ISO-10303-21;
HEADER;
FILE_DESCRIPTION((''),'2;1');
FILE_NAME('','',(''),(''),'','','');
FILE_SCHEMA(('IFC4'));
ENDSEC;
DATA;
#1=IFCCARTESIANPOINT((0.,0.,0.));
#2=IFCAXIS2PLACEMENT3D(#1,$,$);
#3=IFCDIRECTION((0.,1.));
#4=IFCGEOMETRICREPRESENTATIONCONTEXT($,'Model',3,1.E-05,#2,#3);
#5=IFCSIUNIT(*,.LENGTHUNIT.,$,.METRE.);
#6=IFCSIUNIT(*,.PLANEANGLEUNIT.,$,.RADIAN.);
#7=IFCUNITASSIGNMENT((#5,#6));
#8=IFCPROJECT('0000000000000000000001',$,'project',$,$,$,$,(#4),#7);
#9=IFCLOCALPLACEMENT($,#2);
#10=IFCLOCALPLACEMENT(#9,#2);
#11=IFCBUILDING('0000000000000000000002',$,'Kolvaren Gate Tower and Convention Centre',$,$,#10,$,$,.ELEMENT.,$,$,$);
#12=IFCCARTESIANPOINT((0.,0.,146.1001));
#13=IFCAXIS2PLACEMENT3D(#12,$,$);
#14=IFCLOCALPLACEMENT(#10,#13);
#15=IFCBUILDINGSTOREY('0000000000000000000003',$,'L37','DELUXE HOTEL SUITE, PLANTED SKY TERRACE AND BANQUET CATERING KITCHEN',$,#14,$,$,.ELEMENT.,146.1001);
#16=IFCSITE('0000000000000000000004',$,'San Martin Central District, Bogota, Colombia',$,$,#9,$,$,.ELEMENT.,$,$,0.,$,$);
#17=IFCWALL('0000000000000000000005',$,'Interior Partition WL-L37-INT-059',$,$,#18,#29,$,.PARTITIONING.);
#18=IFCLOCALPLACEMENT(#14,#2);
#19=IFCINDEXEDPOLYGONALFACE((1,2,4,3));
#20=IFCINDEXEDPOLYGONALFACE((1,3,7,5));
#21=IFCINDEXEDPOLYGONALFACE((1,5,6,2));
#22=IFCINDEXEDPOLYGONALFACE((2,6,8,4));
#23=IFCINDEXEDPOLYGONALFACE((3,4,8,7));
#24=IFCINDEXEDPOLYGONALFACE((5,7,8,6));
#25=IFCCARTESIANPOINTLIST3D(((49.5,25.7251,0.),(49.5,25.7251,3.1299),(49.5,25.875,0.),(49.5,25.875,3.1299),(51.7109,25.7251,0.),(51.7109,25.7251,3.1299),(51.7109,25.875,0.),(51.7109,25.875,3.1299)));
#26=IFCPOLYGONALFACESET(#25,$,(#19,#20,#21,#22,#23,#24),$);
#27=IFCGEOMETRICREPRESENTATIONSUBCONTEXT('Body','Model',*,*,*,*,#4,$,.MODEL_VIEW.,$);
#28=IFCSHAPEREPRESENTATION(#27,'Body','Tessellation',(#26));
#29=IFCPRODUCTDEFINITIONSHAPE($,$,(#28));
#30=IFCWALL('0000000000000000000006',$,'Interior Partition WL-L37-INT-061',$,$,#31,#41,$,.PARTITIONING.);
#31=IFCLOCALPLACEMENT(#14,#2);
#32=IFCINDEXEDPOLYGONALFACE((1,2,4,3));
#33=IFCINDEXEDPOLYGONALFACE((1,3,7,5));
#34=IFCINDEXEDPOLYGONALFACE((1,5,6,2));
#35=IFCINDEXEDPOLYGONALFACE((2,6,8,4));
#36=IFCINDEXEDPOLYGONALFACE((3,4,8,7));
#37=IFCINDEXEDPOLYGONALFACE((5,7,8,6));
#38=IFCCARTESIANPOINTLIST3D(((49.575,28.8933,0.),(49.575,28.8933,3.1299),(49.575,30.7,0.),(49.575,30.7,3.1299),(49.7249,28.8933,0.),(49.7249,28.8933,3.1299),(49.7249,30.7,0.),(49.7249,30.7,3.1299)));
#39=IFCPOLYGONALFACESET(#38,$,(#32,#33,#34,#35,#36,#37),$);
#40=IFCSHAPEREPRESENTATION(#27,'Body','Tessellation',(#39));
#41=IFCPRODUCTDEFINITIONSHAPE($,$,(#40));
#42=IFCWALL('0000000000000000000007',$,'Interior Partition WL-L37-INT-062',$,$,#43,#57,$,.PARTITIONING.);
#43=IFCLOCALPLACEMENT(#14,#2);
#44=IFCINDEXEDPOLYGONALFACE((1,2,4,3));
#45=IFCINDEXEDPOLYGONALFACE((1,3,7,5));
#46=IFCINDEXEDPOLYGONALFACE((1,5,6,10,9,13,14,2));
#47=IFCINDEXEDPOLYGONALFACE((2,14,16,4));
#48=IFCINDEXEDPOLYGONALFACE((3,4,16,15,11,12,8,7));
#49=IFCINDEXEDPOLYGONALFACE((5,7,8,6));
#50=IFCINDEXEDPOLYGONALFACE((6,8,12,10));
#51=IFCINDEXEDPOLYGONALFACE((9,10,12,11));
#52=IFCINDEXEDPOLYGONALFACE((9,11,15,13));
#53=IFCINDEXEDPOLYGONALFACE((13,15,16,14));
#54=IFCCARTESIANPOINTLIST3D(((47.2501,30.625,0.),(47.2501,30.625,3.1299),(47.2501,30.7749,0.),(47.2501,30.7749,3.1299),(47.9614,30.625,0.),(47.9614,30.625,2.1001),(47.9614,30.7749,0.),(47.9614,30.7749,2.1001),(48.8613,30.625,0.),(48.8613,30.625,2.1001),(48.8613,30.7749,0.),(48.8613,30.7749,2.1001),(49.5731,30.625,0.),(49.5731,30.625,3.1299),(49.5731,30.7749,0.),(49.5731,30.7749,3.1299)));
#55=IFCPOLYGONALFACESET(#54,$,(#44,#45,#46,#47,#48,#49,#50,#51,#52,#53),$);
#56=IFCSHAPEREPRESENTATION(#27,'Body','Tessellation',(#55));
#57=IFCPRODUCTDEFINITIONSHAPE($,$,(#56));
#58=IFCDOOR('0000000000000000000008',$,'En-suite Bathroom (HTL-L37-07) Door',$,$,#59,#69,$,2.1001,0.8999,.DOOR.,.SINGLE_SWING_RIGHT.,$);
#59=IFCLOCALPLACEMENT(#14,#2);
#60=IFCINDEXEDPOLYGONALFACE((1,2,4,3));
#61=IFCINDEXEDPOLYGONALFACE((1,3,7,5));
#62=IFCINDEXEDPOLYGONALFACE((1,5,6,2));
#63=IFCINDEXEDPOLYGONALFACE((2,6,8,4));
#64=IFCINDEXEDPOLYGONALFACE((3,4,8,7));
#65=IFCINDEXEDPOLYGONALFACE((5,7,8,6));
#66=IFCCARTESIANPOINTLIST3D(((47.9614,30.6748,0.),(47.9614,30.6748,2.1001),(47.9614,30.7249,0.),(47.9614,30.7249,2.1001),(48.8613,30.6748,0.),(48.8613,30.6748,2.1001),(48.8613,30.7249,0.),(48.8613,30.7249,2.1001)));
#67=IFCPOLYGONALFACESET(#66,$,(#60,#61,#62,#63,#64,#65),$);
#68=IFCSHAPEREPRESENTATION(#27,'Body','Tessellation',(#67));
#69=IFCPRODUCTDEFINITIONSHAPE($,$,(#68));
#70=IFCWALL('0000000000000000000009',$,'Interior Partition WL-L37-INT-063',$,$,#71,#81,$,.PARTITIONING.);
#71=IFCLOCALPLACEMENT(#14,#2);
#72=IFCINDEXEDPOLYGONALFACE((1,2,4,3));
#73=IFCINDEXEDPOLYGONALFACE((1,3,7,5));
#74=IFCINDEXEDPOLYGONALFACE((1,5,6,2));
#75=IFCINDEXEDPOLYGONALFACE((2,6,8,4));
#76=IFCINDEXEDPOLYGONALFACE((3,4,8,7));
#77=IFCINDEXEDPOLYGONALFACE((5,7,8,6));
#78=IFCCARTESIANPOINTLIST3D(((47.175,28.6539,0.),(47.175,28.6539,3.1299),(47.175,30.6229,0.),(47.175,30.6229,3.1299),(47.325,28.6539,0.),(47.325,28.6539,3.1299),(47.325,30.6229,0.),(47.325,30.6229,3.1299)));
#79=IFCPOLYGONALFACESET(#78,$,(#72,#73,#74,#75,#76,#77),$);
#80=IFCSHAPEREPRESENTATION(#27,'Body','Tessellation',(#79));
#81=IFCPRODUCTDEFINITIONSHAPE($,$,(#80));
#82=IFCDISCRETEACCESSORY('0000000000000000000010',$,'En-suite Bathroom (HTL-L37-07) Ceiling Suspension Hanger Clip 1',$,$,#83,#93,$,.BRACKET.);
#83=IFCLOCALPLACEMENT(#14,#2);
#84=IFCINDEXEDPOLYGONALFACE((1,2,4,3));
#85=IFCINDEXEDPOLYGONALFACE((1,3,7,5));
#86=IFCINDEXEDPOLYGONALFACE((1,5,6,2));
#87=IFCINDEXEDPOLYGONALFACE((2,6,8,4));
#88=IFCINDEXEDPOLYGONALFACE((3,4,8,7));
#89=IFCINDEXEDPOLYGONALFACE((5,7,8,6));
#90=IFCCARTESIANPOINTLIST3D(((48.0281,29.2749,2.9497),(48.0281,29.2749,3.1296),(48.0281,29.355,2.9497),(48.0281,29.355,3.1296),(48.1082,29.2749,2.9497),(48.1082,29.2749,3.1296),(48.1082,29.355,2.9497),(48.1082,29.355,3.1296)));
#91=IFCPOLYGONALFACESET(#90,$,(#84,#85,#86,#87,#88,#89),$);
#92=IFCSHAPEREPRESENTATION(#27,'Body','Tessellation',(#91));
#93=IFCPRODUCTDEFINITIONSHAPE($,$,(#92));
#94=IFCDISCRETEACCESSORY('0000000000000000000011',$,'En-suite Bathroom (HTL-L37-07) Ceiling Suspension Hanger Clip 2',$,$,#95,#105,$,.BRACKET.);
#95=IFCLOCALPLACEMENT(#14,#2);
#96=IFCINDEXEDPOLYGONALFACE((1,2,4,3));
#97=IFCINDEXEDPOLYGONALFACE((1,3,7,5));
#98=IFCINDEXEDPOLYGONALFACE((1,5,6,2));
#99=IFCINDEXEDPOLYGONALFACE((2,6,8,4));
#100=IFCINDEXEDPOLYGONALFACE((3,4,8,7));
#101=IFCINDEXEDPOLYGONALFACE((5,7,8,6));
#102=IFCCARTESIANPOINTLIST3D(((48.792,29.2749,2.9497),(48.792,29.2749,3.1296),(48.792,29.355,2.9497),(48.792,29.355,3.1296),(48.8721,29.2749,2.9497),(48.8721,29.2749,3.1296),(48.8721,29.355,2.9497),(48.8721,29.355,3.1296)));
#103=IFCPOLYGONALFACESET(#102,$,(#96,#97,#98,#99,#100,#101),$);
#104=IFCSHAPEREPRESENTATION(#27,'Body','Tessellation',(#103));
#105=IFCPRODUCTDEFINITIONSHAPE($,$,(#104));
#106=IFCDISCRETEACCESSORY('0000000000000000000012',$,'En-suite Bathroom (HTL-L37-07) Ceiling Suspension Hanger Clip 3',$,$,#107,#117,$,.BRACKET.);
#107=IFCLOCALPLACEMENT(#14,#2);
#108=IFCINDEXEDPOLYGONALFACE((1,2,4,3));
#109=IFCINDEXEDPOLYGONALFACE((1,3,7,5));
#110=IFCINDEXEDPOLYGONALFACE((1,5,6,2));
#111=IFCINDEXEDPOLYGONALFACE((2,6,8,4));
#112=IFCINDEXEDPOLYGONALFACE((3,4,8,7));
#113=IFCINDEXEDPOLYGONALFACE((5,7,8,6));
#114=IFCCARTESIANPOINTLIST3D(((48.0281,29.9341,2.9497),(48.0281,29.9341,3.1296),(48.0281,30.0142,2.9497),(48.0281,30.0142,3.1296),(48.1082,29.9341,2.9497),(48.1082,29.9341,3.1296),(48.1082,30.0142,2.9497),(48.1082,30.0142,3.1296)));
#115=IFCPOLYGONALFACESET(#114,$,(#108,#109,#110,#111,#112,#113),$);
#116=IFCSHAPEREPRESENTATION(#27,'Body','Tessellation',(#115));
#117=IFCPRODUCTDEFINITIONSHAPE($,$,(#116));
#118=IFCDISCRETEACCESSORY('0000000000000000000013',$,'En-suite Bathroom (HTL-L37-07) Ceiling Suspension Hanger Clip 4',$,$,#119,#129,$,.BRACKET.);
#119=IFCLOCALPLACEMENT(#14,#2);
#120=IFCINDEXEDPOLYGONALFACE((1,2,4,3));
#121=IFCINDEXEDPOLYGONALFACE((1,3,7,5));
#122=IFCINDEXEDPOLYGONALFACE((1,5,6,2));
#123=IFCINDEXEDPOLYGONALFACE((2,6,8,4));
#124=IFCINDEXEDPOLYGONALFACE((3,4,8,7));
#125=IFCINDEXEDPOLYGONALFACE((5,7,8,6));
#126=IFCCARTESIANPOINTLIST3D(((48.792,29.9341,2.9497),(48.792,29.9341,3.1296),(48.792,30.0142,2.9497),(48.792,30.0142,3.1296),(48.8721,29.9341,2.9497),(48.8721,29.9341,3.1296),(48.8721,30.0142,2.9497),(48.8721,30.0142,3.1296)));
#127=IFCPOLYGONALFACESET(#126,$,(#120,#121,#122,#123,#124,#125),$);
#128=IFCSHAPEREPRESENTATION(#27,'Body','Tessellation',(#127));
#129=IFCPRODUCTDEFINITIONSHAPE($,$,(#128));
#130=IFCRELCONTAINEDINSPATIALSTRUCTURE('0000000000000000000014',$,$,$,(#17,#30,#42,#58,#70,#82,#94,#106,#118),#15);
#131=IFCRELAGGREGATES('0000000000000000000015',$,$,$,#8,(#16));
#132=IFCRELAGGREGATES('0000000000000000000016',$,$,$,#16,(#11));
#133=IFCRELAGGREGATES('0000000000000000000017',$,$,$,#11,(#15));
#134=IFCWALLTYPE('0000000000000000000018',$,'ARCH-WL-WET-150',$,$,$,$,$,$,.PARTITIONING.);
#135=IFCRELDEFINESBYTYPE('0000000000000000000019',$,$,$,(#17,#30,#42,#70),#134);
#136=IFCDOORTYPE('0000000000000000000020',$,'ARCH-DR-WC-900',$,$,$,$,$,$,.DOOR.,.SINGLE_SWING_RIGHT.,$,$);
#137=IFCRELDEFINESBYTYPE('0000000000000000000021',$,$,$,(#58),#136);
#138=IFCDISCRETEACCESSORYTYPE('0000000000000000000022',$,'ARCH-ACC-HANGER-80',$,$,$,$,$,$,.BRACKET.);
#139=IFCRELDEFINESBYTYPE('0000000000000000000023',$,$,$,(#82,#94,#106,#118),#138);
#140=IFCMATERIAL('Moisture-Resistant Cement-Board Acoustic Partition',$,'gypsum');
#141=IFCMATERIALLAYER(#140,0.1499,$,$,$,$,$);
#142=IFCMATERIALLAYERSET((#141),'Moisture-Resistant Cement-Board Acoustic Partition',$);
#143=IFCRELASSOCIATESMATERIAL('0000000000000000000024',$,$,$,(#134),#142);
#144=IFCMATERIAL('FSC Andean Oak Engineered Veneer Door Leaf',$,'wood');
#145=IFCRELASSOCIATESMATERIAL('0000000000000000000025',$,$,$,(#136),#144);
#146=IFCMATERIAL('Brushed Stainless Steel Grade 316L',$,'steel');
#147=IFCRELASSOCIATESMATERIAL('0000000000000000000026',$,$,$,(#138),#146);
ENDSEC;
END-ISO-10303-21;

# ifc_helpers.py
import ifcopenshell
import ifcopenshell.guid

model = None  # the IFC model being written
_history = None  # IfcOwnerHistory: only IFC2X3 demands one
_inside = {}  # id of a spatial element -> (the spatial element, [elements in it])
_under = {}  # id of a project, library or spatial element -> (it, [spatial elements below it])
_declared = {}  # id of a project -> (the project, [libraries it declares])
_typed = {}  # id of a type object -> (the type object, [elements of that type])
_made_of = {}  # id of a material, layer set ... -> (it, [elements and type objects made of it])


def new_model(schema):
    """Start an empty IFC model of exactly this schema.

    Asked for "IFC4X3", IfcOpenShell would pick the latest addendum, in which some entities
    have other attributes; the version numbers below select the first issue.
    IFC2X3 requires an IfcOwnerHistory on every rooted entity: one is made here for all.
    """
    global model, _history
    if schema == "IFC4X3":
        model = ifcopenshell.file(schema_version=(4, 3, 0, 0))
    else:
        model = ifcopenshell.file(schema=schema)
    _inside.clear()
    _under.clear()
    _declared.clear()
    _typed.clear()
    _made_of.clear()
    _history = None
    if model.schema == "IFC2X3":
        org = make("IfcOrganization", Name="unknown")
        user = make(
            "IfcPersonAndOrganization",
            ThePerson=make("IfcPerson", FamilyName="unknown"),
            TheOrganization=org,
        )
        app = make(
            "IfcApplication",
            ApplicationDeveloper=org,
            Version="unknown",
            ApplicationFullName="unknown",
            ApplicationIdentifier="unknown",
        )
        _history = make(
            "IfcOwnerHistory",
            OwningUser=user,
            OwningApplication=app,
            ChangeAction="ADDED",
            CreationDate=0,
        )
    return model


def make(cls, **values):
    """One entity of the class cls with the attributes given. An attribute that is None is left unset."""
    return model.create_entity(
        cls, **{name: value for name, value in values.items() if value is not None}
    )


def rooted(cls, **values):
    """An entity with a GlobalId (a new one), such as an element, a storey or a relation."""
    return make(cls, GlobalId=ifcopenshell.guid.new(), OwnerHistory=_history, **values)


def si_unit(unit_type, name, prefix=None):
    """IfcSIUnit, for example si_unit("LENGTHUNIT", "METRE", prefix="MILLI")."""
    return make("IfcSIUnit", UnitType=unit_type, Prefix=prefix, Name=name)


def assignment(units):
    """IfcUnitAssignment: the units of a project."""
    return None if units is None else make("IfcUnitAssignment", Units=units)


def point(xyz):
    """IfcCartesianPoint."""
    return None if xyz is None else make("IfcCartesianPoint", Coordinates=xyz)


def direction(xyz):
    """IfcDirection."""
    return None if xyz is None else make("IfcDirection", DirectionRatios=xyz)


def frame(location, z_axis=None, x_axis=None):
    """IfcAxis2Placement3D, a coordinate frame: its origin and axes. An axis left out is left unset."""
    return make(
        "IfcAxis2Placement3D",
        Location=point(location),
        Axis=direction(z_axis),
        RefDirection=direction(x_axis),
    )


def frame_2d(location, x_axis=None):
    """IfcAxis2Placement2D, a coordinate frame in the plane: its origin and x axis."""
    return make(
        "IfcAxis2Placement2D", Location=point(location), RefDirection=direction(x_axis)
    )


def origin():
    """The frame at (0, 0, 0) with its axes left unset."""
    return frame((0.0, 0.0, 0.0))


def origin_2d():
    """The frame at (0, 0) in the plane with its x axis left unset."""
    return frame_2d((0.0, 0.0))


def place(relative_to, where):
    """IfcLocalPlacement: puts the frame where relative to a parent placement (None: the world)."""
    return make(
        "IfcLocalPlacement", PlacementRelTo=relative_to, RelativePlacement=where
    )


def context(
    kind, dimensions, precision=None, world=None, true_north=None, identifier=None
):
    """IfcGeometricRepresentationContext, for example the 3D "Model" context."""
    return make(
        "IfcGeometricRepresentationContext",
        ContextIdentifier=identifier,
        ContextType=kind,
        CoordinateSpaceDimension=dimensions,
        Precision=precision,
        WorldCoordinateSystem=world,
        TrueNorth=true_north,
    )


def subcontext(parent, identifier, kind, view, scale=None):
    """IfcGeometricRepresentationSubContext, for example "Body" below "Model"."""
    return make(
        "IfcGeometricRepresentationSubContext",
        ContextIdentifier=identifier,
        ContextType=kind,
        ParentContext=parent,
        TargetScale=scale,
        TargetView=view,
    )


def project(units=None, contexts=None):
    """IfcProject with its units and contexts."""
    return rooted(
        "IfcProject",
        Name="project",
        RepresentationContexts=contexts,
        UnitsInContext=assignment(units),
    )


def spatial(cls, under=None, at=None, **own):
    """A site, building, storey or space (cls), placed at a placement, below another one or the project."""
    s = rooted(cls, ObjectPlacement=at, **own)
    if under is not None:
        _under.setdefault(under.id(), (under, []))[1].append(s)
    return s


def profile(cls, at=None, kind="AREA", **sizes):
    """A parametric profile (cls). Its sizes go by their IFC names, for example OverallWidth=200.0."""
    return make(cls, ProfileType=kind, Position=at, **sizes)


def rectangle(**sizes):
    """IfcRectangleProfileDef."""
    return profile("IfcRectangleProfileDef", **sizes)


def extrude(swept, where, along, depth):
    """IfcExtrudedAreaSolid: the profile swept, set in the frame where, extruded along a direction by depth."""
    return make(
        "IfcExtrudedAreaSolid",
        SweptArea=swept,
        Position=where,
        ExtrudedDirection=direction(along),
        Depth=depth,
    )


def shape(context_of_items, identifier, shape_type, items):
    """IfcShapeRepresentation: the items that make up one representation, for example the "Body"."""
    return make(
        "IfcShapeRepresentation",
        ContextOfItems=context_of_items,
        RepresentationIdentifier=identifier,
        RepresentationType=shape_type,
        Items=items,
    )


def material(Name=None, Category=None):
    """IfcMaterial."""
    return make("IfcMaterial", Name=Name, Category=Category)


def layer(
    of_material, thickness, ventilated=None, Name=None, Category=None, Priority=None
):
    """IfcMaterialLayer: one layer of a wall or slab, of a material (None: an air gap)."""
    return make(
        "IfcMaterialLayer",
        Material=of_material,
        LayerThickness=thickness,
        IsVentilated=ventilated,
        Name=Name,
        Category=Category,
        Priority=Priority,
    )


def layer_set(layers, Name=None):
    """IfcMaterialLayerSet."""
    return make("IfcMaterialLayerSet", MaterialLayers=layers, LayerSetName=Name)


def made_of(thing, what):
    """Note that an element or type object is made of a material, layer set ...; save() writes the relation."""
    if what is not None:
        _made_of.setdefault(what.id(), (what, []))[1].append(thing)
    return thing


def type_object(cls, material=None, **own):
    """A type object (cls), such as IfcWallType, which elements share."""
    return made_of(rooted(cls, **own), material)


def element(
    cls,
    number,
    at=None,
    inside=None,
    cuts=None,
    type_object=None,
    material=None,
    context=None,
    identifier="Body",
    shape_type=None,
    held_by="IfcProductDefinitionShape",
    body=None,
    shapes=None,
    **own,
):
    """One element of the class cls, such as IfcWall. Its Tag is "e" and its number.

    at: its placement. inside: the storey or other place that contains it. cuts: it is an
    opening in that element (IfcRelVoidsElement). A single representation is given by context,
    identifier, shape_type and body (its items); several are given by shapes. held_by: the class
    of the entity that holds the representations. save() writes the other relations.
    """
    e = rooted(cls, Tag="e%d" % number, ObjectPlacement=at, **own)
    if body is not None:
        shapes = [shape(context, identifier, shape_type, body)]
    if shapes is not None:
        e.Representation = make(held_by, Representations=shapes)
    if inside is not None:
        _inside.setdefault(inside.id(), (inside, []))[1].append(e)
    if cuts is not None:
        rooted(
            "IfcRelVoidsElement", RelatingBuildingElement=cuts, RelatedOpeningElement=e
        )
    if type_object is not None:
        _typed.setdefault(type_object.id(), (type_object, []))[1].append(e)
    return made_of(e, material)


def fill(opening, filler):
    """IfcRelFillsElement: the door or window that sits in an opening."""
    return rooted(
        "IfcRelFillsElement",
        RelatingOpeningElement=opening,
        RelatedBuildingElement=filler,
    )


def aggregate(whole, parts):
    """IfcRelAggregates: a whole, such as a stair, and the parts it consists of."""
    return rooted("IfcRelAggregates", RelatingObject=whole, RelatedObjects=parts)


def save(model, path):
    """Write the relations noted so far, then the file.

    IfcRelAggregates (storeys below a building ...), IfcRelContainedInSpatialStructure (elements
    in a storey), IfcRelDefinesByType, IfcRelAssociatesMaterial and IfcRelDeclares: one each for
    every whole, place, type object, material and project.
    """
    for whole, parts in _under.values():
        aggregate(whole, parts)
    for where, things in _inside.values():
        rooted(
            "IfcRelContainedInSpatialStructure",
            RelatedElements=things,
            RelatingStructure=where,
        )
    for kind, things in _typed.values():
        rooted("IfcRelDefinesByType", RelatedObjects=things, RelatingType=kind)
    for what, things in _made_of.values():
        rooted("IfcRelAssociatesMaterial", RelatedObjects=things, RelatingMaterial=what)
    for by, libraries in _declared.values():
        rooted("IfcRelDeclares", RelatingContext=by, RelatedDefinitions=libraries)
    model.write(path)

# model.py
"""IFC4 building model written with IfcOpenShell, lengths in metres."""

from ifc_helpers import new_model, si_unit, direction, frame, frame_2d, origin, origin_2d, place, context, subcontext, project, spatial, rectangle, extrude, material, layer, layer_set, type_object, element, fill, save


model = new_model("IFC4")

# Units and contexts
model_context = context("Model", 3, precision=1e-05, world=origin(), true_north=direction((0.0, 1.0)))
body_context = subcontext(model_context, "Body", "Model", "MODEL_VIEW")
ifc_project = project(units=[si_unit("LENGTHUNIT", "METRE"), si_unit("PLANEANGLEUNIT", "RADIAN")], contexts=[model_context])

# Site, building, storey
site_placement = place(None, origin())
site = spatial("IfcSite", under=ifc_project, at=site_placement, Name="San Martin Central District, Bogota, Colombia", CompositionType="ELEMENT", RefElevation=0.0)
building_placement = place(site_placement, origin())
building = spatial("IfcBuilding", under=site, at=building_placement, Name="Kolvaren Gate Tower and Convention Centre", CompositionType="ELEMENT")
storey_placement = place(building_placement, frame((0.0, 0.0, 146.1001)))
storey = spatial("IfcBuildingStorey", under=building, at=storey_placement, Name="L37", Description="DELUXE HOTEL SUITE, PLANTED SKY TERRACE AND BANQUET CATERING KITCHEN", CompositionType="ELEMENT", Elevation=146.1001)

# Walls
ifc_material_1 = material(Name="Moisture-Resistant Cement-Board Acoustic Partition", Category="gypsum")
ifc_layer_1 = layer(ifc_material_1, 0.1499)
ifc_layer_set_1 = layer_set([ifc_layer_1], Name="Moisture-Resistant Cement-Board Acoustic Partition")
wall_type_1 = type_object("IfcWallType", Name="ARCH-WL-WET-150", PredefinedType="PARTITIONING", material=ifc_layer_set_1)
wall_1_placement = place(storey_placement, frame((49.5, 25.8, 0.0), z_axis=(0.0, 0.0, 1.0), x_axis=(1.0, 0.0, 0.0)))
element("IfcWall", 1, at=wall_1_placement, inside=storey, type_object=wall_type_1, Name="Interior Partition WL-L37-INT-059", PredefinedType="PARTITIONING", context=body_context, shape_type="SweptSolid", body=[
    extrude(rectangle(XDim=2.2109, YDim=0.1499, at=frame_2d((1.1055, 0.0))), origin(), (0.0, 0.0, 1.0), 3.1299),
])
wall_2_placement = place(storey_placement, frame((49.6499, 28.8933, 0.0), z_axis=(0.0, 0.0, 1.0), x_axis=(0.0, 1.0, 0.0)))
element("IfcWall", 2, at=wall_2_placement, inside=storey, type_object=wall_type_1, Name="Interior Partition WL-L37-INT-061", PredefinedType="PARTITIONING", context=body_context, shape_type="SweptSolid", body=[
    extrude(rectangle(XDim=1.8066, YDim=0.1499, at=frame_2d((0.9033, 0.0))), origin(), (0.0, 0.0, 1.0), 3.1299),
])

# Wall, opening, door
wall_3_placement = place(storey_placement, frame((47.25, 30.7, 0.0), z_axis=(0.0, 0.0, 1.0), x_axis=(1.0, 0.0, 0.0)))
wall_3 = element("IfcWall", 3, at=wall_3_placement, inside=storey, type_object=wall_type_1, Name="Interior Partition WL-L37-INT-062", PredefinedType="PARTITIONING", context=body_context, shape_type="SweptSolid", body=[
    extrude(rectangle(XDim=2.323, YDim=0.1499, at=frame_2d((1.1616, 0.0))), origin(), (0.0, 0.0, 1.0), 3.1299),
])
opening_placement = place(wall_3_placement, frame((0.7114, 0.0, 0.0)))
opening = element("IfcOpeningElement", 4, at=opening_placement, cuts=wall_3, PredefinedType="OPENING", context=body_context, shape_type="SweptSolid", body=[
    extrude(rectangle(XDim=0.8999, YDim=2.1001, at=frame_2d((0.45, 1.05))), frame((0.0, 0.085, 0.0), z_axis=(0.0, -1.0, 0.0), x_axis=(1.0, 0.0, 0.0)), (0.0, 0.0, 1.0), 0.1699),
])
ifc_material_2 = material(Name="FSC Andean Oak Engineered Veneer Door Leaf", Category="wood")
door_type = type_object("IfcDoorType", Name="ARCH-DR-WC-900", OperationType="SINGLE_SWING_RIGHT", PredefinedType="DOOR", material=ifc_material_2)
door_placement = place(opening_placement, origin())
door = element("IfcDoor", 5, at=door_placement, inside=storey, type_object=door_type, Name="En-suite Bathroom (HTL-L37-07) Door", OperationType="SINGLE_SWING_RIGHT", OverallHeight=2.1001, OverallWidth=0.8999, PredefinedType="DOOR", context=body_context, shape_type="SweptSolid", body=[
    extrude(rectangle(XDim=0.8999, YDim=2.1001, at=frame_2d((0.45, 1.05))), frame((0.0, 0.0249, 0.0), z_axis=(0.0, -1.0, 0.0), x_axis=(1.0, 0.0, 0.0)), (0.0, 0.0, 1.0), 0.05),
])
fill(opening, door)

# Wall
wall_4_placement = place(storey_placement, frame((47.25, 28.6541, 0.0), z_axis=(0.0, 0.0, 1.0), x_axis=(0.0, 1.0, 0.0)))
element("IfcWall", 6, at=wall_4_placement, inside=storey, type_object=wall_type_1, Name="Interior Partition WL-L37-INT-063", PredefinedType="PARTITIONING", context=body_context, shape_type="SweptSolid", body=[
    extrude(rectangle(XDim=1.969, YDim=0.1499, at=frame_2d((0.9844, 0.0))), origin(), (0.0, 0.0, 1.0), 3.1299),
])

# Shared definitions
ifc_material_3 = material(Name="Brushed Stainless Steel Grade 316L", Category="steel")

# Discrete accessories
discrete_accessory_type = type_object("IfcDiscreteAccessoryType", Name="ARCH-ACC-HANGER-80", PredefinedType="BRACKET", material=ifc_material_3)
for number, where, z_axis, x_axis, name in (
    (7, (48.0681, 29.3149, 2.9497), (0.0, 0.0, 1.0), (1.0, 0.0, 0.0), "En-suite Bathroom (HTL-L37-07) Ceiling Suspension Hanger Clip 1"),
    (8, (48.832, 29.3149, 2.9497), (0.0, 0.0, 1.0), (1.0, 0.0, 0.0), "En-suite Bathroom (HTL-L37-07) Ceiling Suspension Hanger Clip 2"),
    (9, (48.0681, 29.9741, 2.9497), (0.0, 0.0, 1.0), (1.0, 0.0, 0.0), "En-suite Bathroom (HTL-L37-07) Ceiling Suspension Hanger Clip 3"),
    (10, (48.832, 29.9741, 2.9497), (0.0, 0.0, 1.0), (1.0, 0.0, 0.0), "En-suite Bathroom (HTL-L37-07) Ceiling Suspension Hanger Clip 4"),
):
    element("IfcDiscreteAccessory", number, at=place(storey_placement, frame(where, z_axis=z_axis, x_axis=x_axis)), inside=storey, type_object=discrete_accessory_type, Name=name, PredefinedType="BRACKET", context=body_context, shape_type="SweptSolid", body=[
        extrude(rectangle(XDim=0.0801, YDim=0.0801, at=origin_2d()), origin(), (0.0, 0.0, 1.0), 0.1799),
    ])

save(model, "model.ifc")
